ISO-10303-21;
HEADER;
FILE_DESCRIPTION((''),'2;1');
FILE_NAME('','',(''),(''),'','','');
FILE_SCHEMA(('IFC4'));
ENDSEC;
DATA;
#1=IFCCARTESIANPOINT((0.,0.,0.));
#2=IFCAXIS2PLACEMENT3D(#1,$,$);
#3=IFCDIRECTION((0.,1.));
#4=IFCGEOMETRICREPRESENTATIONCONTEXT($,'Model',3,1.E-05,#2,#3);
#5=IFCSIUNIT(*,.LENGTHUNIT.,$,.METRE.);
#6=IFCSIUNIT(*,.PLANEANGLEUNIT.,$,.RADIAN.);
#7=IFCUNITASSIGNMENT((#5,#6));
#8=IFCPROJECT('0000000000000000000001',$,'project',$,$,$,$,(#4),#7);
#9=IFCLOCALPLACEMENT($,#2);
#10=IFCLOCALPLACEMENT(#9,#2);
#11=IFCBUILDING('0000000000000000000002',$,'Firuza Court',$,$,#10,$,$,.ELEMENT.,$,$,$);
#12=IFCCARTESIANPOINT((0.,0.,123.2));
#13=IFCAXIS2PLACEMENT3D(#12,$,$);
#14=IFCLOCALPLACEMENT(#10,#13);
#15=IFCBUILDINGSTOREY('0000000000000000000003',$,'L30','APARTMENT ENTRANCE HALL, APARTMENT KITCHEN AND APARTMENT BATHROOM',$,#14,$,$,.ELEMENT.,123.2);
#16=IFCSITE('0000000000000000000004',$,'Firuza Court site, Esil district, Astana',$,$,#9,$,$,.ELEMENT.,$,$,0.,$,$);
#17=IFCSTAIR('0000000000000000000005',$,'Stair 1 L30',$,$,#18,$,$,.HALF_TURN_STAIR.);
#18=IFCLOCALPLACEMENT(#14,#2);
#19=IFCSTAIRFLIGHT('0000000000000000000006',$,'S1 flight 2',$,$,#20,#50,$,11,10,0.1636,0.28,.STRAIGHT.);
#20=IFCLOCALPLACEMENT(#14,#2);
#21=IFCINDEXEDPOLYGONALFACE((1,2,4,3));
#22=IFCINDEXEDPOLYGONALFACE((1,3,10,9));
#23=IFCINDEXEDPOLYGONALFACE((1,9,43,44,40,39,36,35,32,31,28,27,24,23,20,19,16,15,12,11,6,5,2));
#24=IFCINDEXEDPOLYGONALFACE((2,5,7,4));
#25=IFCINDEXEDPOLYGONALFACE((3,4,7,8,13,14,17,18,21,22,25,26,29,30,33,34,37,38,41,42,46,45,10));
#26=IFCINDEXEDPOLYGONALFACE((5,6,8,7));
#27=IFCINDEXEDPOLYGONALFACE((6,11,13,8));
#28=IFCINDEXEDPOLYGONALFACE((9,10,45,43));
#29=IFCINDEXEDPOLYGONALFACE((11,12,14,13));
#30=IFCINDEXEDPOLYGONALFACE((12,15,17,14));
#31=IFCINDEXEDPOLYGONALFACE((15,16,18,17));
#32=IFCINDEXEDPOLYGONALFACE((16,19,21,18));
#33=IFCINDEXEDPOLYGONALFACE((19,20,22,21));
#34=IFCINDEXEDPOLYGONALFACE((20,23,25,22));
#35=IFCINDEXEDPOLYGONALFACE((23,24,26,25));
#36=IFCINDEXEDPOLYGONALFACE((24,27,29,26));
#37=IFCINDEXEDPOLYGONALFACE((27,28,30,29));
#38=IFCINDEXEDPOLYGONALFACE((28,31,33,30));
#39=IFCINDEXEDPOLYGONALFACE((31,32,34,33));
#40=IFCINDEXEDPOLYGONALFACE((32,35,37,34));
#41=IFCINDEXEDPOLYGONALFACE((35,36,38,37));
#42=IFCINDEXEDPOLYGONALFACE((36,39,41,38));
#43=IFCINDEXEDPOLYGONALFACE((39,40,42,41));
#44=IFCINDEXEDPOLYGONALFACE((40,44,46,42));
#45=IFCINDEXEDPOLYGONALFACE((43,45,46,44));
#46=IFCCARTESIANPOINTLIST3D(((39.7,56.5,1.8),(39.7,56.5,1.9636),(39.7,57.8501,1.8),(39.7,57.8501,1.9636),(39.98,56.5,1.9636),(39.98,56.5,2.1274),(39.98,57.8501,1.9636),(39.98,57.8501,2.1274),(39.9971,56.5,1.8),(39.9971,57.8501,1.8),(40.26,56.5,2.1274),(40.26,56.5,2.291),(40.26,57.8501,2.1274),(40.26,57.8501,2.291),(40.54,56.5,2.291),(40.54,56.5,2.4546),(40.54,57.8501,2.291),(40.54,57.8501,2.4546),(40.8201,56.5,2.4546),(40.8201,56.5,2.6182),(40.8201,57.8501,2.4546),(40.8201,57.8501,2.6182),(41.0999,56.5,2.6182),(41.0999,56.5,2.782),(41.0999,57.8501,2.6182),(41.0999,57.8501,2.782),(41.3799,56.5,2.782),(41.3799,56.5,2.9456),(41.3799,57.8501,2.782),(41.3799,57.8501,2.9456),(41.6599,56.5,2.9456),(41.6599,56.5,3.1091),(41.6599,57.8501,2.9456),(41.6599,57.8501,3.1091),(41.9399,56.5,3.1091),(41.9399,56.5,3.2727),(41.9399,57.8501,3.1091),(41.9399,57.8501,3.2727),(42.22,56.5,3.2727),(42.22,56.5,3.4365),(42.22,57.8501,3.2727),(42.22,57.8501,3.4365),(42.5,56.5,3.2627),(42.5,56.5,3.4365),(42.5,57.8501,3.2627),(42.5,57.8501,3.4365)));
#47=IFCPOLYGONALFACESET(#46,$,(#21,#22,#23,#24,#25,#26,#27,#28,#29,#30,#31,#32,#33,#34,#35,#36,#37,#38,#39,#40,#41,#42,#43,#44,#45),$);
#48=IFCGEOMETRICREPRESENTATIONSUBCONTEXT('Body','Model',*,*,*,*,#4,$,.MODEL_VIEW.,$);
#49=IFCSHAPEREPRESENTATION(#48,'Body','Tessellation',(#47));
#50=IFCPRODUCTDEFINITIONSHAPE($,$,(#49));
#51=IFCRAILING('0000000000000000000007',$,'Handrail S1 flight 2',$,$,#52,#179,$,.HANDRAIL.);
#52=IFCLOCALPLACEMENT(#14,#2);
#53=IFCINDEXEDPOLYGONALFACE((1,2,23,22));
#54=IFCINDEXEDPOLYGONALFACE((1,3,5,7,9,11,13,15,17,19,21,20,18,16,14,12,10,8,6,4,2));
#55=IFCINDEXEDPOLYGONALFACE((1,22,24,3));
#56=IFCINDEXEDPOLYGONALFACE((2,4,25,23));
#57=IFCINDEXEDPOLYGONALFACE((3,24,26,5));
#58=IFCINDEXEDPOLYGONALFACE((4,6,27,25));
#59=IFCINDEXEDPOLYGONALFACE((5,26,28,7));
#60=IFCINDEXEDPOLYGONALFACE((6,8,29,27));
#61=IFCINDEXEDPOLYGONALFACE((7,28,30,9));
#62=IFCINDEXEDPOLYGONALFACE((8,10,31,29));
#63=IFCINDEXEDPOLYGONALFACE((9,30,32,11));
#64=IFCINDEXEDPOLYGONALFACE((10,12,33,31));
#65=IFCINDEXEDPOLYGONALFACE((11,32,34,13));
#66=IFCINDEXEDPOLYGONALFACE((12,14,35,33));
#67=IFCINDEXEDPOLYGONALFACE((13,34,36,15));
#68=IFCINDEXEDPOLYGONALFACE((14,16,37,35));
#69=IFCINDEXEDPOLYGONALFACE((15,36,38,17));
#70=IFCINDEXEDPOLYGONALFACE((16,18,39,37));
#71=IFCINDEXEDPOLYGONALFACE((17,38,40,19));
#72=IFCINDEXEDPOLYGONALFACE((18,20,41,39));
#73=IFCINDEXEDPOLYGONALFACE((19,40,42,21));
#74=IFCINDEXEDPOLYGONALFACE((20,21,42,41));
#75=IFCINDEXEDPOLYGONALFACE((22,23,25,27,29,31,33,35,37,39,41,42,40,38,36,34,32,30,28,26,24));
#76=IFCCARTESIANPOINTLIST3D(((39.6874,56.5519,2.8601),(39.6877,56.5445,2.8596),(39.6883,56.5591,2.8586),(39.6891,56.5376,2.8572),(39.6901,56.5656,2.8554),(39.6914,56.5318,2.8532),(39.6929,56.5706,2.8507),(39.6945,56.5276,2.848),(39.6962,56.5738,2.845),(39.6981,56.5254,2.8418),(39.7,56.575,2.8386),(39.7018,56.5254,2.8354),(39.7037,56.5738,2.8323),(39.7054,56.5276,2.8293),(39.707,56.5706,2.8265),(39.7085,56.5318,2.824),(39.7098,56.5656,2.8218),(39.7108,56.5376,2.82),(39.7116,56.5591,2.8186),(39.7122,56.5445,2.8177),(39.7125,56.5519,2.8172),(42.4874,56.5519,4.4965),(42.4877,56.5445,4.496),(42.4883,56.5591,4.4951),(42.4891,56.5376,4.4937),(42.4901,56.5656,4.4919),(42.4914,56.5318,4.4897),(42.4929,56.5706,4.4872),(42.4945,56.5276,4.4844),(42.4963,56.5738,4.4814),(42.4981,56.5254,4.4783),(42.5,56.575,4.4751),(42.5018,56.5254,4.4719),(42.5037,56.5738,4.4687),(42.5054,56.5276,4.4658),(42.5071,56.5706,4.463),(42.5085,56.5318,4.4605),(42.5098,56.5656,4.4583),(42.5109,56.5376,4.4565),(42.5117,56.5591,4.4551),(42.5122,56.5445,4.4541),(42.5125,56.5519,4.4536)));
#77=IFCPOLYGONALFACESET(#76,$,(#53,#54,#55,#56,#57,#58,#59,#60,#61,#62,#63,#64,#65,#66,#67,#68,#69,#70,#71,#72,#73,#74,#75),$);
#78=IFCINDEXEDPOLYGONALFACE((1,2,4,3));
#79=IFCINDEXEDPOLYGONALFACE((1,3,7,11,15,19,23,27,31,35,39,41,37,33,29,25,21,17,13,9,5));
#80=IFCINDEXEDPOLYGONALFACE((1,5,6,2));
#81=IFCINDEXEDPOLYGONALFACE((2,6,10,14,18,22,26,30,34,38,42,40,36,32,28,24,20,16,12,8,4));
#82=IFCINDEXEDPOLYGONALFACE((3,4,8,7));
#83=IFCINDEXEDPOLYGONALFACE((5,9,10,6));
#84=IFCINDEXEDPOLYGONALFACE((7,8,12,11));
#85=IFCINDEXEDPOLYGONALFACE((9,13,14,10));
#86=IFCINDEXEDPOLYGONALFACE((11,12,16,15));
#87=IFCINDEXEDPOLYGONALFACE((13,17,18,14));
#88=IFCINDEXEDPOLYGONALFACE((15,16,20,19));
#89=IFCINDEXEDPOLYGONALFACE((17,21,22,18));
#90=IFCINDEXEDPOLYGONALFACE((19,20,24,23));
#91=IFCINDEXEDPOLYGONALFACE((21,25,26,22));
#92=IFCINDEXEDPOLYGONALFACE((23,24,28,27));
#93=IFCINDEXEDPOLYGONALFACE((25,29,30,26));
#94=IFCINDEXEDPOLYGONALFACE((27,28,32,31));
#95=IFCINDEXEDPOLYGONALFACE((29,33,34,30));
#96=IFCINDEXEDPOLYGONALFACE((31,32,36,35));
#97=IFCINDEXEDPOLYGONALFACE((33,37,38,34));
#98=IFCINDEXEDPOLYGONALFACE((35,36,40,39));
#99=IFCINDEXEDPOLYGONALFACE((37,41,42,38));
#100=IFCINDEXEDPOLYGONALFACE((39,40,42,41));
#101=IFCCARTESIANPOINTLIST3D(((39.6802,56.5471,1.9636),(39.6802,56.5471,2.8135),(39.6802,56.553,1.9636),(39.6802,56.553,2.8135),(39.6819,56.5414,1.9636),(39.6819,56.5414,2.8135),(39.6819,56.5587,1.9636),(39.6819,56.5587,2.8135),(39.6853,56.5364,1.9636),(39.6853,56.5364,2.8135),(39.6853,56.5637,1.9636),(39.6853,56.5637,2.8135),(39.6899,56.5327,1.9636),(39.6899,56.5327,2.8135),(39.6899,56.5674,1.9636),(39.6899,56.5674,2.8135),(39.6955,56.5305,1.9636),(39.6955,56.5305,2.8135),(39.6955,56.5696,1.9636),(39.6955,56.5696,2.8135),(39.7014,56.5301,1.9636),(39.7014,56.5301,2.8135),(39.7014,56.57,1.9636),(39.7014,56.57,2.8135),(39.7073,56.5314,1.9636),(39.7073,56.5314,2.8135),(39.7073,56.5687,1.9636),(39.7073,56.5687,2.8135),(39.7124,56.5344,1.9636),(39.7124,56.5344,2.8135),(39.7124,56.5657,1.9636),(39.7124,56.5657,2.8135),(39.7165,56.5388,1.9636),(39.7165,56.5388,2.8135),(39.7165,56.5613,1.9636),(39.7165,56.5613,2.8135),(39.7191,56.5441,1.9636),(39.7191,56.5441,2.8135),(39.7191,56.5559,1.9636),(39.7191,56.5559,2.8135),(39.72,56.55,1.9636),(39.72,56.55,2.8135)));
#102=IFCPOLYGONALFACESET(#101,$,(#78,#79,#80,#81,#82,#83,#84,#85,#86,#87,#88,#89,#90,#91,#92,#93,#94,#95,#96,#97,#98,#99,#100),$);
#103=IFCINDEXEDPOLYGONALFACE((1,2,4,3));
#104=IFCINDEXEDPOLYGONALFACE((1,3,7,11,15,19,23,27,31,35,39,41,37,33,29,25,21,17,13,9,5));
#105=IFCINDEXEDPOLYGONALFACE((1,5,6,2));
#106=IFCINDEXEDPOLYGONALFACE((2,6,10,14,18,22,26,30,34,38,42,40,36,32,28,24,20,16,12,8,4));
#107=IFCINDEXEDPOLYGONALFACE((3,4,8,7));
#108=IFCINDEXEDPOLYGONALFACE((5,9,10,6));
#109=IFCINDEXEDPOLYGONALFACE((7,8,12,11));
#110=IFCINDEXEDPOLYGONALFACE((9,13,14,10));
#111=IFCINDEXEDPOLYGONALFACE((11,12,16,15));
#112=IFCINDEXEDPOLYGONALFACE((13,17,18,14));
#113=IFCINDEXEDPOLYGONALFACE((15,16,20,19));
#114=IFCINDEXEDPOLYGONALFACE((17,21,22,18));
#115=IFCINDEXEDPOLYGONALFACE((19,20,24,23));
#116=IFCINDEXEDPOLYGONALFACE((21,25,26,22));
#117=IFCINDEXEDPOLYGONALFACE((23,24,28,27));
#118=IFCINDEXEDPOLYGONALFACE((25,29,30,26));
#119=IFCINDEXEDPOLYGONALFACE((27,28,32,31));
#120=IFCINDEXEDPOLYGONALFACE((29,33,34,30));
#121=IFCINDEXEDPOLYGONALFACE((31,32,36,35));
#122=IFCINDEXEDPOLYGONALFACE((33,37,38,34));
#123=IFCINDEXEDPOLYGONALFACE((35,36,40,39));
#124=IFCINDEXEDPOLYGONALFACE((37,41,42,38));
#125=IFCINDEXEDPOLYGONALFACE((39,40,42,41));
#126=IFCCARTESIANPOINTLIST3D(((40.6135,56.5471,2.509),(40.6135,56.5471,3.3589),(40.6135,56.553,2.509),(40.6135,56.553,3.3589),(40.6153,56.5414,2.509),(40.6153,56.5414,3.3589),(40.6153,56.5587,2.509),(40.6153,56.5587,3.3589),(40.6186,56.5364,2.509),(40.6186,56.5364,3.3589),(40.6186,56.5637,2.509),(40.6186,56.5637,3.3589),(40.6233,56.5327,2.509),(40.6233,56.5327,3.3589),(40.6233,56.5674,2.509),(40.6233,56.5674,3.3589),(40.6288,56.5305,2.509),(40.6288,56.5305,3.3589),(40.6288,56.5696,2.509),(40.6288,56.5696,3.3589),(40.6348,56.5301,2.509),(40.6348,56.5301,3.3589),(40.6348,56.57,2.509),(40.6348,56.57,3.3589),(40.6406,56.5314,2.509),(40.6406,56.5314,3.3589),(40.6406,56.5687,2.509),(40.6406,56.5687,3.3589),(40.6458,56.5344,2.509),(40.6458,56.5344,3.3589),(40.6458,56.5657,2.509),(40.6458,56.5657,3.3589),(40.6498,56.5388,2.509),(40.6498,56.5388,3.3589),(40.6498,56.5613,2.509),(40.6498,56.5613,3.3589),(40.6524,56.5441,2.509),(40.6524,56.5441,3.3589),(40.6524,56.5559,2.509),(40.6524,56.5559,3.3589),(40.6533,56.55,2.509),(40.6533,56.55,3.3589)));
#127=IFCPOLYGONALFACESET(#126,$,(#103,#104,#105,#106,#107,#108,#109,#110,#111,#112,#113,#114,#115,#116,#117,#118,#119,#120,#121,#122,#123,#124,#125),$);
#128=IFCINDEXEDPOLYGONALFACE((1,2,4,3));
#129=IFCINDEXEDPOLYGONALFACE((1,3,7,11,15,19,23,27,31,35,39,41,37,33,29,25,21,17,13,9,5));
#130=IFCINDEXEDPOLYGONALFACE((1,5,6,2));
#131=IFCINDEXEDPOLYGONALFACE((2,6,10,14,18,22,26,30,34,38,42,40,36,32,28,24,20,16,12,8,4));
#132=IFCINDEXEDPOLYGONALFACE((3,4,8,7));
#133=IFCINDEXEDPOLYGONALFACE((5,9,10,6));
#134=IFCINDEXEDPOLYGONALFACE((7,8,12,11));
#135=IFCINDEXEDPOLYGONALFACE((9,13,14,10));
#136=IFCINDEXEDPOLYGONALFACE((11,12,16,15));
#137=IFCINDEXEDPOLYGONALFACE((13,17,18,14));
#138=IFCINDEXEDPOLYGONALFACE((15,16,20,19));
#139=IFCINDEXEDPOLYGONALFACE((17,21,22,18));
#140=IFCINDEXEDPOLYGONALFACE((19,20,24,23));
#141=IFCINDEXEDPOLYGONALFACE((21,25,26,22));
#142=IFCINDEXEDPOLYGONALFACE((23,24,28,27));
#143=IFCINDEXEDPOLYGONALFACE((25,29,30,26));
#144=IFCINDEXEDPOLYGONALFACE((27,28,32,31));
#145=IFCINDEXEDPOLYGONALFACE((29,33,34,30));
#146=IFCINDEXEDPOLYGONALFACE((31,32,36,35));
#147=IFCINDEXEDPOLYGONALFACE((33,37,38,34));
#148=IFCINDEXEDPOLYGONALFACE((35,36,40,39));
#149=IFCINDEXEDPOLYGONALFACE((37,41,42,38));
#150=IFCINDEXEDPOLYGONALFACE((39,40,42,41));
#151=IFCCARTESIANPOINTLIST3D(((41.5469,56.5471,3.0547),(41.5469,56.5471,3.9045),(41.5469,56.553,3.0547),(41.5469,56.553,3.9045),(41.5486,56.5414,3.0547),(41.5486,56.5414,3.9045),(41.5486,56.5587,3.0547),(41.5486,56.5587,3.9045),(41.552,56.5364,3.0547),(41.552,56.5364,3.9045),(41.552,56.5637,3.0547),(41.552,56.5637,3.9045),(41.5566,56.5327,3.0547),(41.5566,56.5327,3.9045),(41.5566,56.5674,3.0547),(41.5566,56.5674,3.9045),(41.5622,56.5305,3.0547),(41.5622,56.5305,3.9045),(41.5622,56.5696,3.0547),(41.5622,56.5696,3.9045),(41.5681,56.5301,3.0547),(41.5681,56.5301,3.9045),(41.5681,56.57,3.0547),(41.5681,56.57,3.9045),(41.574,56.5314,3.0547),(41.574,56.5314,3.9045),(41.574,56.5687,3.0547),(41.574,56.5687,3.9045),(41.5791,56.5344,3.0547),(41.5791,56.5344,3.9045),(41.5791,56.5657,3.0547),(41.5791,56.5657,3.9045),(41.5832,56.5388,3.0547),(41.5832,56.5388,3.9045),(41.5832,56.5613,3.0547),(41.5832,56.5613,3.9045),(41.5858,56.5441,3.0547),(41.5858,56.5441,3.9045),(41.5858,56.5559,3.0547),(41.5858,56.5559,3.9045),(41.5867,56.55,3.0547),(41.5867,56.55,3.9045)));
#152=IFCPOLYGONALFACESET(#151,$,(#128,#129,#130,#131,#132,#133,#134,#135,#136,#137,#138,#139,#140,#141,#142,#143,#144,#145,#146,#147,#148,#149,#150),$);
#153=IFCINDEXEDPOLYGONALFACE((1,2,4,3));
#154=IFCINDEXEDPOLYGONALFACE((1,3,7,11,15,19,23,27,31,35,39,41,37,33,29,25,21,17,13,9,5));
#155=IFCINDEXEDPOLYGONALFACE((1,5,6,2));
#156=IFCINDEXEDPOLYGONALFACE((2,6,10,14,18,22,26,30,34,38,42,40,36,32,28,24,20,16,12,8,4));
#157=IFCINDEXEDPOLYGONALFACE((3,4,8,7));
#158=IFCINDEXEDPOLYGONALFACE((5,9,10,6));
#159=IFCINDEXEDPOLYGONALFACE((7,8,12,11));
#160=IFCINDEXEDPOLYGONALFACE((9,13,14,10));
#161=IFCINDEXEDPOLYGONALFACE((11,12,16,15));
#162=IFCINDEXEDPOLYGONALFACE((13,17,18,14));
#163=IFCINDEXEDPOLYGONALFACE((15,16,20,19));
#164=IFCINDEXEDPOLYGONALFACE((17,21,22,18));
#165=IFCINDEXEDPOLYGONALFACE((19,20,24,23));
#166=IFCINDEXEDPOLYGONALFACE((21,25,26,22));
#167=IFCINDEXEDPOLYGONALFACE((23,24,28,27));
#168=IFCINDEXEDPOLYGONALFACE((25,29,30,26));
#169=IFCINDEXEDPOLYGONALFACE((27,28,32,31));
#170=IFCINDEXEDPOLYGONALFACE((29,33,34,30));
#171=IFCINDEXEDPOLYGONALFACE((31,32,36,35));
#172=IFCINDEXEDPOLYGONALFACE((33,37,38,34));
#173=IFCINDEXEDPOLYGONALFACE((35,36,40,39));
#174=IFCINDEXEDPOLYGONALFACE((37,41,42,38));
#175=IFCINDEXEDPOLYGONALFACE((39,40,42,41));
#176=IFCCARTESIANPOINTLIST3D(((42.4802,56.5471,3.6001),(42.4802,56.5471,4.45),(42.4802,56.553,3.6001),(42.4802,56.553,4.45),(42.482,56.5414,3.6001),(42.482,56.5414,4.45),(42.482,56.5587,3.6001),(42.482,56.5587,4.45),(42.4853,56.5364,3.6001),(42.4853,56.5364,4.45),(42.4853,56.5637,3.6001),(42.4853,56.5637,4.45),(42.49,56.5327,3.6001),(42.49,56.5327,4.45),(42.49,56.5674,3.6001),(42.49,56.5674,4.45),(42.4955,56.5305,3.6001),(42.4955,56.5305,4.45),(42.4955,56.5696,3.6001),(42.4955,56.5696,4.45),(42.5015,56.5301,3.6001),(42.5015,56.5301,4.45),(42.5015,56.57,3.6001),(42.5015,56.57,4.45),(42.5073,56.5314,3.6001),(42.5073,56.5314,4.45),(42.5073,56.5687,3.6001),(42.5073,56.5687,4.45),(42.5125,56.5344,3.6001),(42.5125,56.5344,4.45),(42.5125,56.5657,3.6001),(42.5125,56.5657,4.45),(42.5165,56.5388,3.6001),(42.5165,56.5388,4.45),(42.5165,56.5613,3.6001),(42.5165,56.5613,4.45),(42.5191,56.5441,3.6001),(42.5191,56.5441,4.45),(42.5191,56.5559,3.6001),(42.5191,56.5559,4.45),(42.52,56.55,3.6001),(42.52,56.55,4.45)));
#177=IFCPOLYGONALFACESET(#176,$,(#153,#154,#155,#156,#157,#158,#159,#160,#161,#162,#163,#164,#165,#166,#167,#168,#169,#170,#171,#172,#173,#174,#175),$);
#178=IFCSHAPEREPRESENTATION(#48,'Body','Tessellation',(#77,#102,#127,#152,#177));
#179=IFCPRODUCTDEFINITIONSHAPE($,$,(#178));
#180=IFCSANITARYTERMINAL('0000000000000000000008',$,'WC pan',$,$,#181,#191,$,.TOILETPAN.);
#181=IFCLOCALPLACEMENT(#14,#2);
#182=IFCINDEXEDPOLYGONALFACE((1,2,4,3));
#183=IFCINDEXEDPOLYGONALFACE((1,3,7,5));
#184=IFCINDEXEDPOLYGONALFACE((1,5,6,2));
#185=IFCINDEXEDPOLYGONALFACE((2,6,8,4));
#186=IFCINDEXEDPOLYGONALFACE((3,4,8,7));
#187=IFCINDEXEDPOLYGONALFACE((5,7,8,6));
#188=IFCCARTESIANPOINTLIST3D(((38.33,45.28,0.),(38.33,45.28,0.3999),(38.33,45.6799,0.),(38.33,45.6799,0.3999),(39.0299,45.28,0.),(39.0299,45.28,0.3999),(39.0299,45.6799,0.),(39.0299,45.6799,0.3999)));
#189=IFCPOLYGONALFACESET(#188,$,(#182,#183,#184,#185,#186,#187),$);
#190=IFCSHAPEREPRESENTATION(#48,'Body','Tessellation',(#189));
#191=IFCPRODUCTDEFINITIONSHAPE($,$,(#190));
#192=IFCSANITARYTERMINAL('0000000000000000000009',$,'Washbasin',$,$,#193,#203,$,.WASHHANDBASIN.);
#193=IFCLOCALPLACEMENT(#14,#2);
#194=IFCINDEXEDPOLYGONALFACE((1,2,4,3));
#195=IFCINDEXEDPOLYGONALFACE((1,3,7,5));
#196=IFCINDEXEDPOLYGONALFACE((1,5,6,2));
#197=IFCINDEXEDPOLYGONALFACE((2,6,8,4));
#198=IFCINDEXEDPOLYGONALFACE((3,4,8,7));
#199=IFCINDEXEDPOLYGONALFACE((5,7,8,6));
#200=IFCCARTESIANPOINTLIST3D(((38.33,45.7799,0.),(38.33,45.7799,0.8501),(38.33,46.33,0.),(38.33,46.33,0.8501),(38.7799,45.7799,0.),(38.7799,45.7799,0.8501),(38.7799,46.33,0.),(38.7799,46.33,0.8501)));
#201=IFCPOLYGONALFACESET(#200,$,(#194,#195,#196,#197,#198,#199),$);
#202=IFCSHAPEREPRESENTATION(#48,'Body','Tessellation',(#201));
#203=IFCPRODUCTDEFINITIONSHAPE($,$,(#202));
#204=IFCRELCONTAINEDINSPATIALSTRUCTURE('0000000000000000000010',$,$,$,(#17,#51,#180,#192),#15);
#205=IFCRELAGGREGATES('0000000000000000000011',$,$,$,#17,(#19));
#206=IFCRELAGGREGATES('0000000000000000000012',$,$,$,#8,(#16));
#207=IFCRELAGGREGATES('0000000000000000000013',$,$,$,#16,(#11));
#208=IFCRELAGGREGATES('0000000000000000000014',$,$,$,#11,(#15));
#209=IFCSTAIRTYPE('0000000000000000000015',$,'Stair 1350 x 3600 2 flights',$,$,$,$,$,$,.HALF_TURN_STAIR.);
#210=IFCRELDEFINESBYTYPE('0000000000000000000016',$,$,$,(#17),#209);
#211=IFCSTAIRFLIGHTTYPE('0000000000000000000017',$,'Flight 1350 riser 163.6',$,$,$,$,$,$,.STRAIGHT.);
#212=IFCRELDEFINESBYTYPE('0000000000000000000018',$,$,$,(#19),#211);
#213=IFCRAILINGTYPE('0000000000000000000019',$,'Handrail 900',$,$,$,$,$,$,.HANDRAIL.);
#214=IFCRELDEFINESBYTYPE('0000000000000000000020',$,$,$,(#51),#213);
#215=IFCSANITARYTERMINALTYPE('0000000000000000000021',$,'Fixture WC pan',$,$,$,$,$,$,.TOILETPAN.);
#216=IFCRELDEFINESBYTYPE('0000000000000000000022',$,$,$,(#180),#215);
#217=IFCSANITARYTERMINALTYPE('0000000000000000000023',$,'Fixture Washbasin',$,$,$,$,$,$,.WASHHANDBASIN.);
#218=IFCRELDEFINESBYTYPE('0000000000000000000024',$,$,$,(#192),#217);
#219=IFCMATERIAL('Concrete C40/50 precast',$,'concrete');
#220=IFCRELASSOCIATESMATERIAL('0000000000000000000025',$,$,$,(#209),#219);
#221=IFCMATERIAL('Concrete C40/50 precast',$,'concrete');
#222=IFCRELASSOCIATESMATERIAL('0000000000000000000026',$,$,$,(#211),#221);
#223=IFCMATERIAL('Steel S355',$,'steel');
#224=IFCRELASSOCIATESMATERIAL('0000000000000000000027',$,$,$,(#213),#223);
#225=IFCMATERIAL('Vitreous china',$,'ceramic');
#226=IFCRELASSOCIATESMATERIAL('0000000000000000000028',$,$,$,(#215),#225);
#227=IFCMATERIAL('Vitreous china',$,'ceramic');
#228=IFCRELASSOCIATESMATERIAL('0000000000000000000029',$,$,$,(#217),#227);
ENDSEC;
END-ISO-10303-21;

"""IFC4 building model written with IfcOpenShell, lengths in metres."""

from ifc_helpers import new_model, si_unit, direction, frame, origin, origin_2d, place, context, subcontext, project, spatial, polyline, rectangle, circle, outline, extrude, material, type_object, element, aggregate, save


model = new_model("IFC4")

# Units and contexts
model_context = context("Model", 3, precision=1e-05, world=origin(), true_north=direction((0.0, 1.0)))
body_context = subcontext(model_context, "Body", "Model", "MODEL_VIEW")
ifc_project = project(units=[si_unit("LENGTHUNIT", "METRE"), si_unit("PLANEANGLEUNIT", "RADIAN")], contexts=[model_context])

# Site, building, storey
site_placement = place(None, origin())
site = spatial("IfcSite", under=ifc_project, at=site_placement, Name="Firuza Court site, Esil district, Astana", CompositionType="ELEMENT", RefElevation=0.0)
building_placement = place(site_placement, origin())
building = spatial("IfcBuilding", under=site, at=building_placement, Name="Firuza Court", CompositionType="ELEMENT")
storey_placement = place(building_placement, frame((0.0, 0.0, 123.2)))
storey = spatial("IfcBuildingStorey", under=building, at=storey_placement, Name="L30", Description="APARTMENT ENTRANCE HALL, APARTMENT KITCHEN AND APARTMENT BATHROOM", CompositionType="ELEMENT", Elevation=123.2)

# Stair, stair flight
ifc_material_1 = material(Name="Concrete C40/50 precast", Category="concrete")
stair_type = type_object("IfcStairType", Name="Stair 1350 x 3600 2 flights", PredefinedType="HALF_TURN_STAIR", material=ifc_material_1)
stair_placement = place(storey_placement, origin())
stair = element("IfcStair", 1, at=stair_placement, inside=storey, type_object=stair_type, Name="Stair 1 L30", PredefinedType="HALF_TURN_STAIR")
ifc_material_2 = material(Name="Concrete C40/50 precast", Category="concrete")
stair_flight_type = type_object("IfcStairFlightType", Name="Flight 1350 riser 163.6", PredefinedType="STRAIGHT", material=ifc_material_2)
stair_flight_1_placement = place(storey_placement, frame((39.7, 57.175, 1.8), z_axis=(0.0, 0.0, 1.0), x_axis=(1.0, 0.0, 0.0)))
stair_flight_1 = element("IfcStairFlight", 2, at=stair_flight_1_placement, type_object=stair_flight_type, Name="S1 flight 2", NumberOfRisers=11, NumberOfTreads=10, PredefinedType="STRAIGHT", RiserHeight=0.1636, TreadLength=0.28, context=body_context, shape_type="SweptSolid", body=[
    extrude(outline(polyline([(0.0, 0.0), (0.0, 0.1636), (0.28, 0.1636), (0.28, 0.3274), (0.5601, 0.3274), (0.5601, 0.491), (0.8401, 0.491), (0.8401, 0.6545), (1.1201, 0.6545), (1.1201, 0.8181), (1.3999, 0.8181), (1.3999, 0.9819), (1.6799, 0.9819), (1.6799, 1.1455), (1.96, 1.1455), (1.96, 1.3091), (2.24, 1.3091), (2.24, 1.4727), (2.52, 1.4727), (2.52, 1.6365), (2.8, 1.6365), (2.8, 1.8), (2.8, 1.4626), (0.2971, 0.0), (0.0, 0.0)])), frame((0.0, 0.675, 0.0), z_axis=(0.0, -1.0, 0.0), x_axis=(1.0, 0.0, 0.0)), (0.0, 0.0, 1.0), 1.3501),
])
aggregate(stair, [stair_flight_1])

# Railing
ifc_material_3 = material(Name="Steel S355", Category="steel")
railing_type = type_object("IfcRailingType", Name="Handrail 900", PredefinedType="HANDRAIL", material=ifc_material_3)
railing_placement = place(storey_placement, frame((39.7, 56.55, 1.9636)))
element("IfcRailing", 3, at=railing_placement, inside=storey, type_object=railing_type, Name="Handrail S1 flight 2", PredefinedType="HANDRAIL", context=body_context, shape_type="SweptSolid", body=[
    extrude(circle(Radius=0.0249, at=origin_2d()), frame((0.0, 0.0, 0.875), z_axis=(0.863361, 0.0, 0.504587), x_axis=(0.0, 1.0, 0.0)), (0.0, 0.0, 1.0), 3.2432),
    extrude(circle(Radius=0.02, at=origin_2d()), origin(), (0.0, 0.0, 1.0), 0.8499),
    extrude(circle(Radius=0.02, at=origin_2d()), frame((0.9333, 0.0, 0.5454)), (0.0, 0.0, 1.0), 0.8499),
    extrude(circle(Radius=0.02, at=origin_2d()), frame((1.8667, 0.0, 1.0911)), (0.0, 0.0, 1.0), 0.8499),
    extrude(circle(Radius=0.02, at=origin_2d()), frame((2.8, 0.0, 1.6365)), (0.0, 0.0, 1.0), 0.8499),
])

# Sanitary terminals
ifc_material_4 = material(Name="Vitreous china", Category="ceramic")
sanitary_terminal_type_1 = type_object("IfcSanitaryTerminalType", Name="Fixture WC pan", PredefinedType="TOILETPAN", material=ifc_material_4)
sanitary_terminal_1_placement = place(storey_placement, frame((38.6799, 45.48, 0.0), z_axis=(0.0, 0.0, 1.0), x_axis=(1.0, 0.0, 0.0)))
element("IfcSanitaryTerminal", 4, at=sanitary_terminal_1_placement, inside=storey, type_object=sanitary_terminal_type_1, Name="WC pan", PredefinedType="TOILETPAN", context=body_context, shape_type="SweptSolid", body=[
    extrude(rectangle(XDim=0.7, YDim=0.3999, at=origin_2d()), origin(), (0.0, 0.0, 1.0), 0.3999),
])
ifc_material_5 = material(Name="Vitreous china", Category="ceramic")
sanitary_terminal_type_2 = type_object("IfcSanitaryTerminalType", Name="Fixture Washbasin", PredefinedType="WASHHANDBASIN", material=ifc_material_5)
sanitary_terminal_2_placement = place(storey_placement, frame((38.5549, 46.0549, 0.0), z_axis=(0.0, 0.0, 1.0), x_axis=(1.0, 0.0, 0.0)))
element("IfcSanitaryTerminal", 5, at=sanitary_terminal_2_placement, inside=storey, type_object=sanitary_terminal_type_2, Name="Washbasin", PredefinedType="WASHHANDBASIN", context=body_context, shape_type="SweptSolid", body=[
    extrude(rectangle(XDim=0.45, YDim=0.55, at=origin_2d()), origin(), (0.0, 0.0, 1.0), 0.8501),
])

save(model, "model.ifc")
